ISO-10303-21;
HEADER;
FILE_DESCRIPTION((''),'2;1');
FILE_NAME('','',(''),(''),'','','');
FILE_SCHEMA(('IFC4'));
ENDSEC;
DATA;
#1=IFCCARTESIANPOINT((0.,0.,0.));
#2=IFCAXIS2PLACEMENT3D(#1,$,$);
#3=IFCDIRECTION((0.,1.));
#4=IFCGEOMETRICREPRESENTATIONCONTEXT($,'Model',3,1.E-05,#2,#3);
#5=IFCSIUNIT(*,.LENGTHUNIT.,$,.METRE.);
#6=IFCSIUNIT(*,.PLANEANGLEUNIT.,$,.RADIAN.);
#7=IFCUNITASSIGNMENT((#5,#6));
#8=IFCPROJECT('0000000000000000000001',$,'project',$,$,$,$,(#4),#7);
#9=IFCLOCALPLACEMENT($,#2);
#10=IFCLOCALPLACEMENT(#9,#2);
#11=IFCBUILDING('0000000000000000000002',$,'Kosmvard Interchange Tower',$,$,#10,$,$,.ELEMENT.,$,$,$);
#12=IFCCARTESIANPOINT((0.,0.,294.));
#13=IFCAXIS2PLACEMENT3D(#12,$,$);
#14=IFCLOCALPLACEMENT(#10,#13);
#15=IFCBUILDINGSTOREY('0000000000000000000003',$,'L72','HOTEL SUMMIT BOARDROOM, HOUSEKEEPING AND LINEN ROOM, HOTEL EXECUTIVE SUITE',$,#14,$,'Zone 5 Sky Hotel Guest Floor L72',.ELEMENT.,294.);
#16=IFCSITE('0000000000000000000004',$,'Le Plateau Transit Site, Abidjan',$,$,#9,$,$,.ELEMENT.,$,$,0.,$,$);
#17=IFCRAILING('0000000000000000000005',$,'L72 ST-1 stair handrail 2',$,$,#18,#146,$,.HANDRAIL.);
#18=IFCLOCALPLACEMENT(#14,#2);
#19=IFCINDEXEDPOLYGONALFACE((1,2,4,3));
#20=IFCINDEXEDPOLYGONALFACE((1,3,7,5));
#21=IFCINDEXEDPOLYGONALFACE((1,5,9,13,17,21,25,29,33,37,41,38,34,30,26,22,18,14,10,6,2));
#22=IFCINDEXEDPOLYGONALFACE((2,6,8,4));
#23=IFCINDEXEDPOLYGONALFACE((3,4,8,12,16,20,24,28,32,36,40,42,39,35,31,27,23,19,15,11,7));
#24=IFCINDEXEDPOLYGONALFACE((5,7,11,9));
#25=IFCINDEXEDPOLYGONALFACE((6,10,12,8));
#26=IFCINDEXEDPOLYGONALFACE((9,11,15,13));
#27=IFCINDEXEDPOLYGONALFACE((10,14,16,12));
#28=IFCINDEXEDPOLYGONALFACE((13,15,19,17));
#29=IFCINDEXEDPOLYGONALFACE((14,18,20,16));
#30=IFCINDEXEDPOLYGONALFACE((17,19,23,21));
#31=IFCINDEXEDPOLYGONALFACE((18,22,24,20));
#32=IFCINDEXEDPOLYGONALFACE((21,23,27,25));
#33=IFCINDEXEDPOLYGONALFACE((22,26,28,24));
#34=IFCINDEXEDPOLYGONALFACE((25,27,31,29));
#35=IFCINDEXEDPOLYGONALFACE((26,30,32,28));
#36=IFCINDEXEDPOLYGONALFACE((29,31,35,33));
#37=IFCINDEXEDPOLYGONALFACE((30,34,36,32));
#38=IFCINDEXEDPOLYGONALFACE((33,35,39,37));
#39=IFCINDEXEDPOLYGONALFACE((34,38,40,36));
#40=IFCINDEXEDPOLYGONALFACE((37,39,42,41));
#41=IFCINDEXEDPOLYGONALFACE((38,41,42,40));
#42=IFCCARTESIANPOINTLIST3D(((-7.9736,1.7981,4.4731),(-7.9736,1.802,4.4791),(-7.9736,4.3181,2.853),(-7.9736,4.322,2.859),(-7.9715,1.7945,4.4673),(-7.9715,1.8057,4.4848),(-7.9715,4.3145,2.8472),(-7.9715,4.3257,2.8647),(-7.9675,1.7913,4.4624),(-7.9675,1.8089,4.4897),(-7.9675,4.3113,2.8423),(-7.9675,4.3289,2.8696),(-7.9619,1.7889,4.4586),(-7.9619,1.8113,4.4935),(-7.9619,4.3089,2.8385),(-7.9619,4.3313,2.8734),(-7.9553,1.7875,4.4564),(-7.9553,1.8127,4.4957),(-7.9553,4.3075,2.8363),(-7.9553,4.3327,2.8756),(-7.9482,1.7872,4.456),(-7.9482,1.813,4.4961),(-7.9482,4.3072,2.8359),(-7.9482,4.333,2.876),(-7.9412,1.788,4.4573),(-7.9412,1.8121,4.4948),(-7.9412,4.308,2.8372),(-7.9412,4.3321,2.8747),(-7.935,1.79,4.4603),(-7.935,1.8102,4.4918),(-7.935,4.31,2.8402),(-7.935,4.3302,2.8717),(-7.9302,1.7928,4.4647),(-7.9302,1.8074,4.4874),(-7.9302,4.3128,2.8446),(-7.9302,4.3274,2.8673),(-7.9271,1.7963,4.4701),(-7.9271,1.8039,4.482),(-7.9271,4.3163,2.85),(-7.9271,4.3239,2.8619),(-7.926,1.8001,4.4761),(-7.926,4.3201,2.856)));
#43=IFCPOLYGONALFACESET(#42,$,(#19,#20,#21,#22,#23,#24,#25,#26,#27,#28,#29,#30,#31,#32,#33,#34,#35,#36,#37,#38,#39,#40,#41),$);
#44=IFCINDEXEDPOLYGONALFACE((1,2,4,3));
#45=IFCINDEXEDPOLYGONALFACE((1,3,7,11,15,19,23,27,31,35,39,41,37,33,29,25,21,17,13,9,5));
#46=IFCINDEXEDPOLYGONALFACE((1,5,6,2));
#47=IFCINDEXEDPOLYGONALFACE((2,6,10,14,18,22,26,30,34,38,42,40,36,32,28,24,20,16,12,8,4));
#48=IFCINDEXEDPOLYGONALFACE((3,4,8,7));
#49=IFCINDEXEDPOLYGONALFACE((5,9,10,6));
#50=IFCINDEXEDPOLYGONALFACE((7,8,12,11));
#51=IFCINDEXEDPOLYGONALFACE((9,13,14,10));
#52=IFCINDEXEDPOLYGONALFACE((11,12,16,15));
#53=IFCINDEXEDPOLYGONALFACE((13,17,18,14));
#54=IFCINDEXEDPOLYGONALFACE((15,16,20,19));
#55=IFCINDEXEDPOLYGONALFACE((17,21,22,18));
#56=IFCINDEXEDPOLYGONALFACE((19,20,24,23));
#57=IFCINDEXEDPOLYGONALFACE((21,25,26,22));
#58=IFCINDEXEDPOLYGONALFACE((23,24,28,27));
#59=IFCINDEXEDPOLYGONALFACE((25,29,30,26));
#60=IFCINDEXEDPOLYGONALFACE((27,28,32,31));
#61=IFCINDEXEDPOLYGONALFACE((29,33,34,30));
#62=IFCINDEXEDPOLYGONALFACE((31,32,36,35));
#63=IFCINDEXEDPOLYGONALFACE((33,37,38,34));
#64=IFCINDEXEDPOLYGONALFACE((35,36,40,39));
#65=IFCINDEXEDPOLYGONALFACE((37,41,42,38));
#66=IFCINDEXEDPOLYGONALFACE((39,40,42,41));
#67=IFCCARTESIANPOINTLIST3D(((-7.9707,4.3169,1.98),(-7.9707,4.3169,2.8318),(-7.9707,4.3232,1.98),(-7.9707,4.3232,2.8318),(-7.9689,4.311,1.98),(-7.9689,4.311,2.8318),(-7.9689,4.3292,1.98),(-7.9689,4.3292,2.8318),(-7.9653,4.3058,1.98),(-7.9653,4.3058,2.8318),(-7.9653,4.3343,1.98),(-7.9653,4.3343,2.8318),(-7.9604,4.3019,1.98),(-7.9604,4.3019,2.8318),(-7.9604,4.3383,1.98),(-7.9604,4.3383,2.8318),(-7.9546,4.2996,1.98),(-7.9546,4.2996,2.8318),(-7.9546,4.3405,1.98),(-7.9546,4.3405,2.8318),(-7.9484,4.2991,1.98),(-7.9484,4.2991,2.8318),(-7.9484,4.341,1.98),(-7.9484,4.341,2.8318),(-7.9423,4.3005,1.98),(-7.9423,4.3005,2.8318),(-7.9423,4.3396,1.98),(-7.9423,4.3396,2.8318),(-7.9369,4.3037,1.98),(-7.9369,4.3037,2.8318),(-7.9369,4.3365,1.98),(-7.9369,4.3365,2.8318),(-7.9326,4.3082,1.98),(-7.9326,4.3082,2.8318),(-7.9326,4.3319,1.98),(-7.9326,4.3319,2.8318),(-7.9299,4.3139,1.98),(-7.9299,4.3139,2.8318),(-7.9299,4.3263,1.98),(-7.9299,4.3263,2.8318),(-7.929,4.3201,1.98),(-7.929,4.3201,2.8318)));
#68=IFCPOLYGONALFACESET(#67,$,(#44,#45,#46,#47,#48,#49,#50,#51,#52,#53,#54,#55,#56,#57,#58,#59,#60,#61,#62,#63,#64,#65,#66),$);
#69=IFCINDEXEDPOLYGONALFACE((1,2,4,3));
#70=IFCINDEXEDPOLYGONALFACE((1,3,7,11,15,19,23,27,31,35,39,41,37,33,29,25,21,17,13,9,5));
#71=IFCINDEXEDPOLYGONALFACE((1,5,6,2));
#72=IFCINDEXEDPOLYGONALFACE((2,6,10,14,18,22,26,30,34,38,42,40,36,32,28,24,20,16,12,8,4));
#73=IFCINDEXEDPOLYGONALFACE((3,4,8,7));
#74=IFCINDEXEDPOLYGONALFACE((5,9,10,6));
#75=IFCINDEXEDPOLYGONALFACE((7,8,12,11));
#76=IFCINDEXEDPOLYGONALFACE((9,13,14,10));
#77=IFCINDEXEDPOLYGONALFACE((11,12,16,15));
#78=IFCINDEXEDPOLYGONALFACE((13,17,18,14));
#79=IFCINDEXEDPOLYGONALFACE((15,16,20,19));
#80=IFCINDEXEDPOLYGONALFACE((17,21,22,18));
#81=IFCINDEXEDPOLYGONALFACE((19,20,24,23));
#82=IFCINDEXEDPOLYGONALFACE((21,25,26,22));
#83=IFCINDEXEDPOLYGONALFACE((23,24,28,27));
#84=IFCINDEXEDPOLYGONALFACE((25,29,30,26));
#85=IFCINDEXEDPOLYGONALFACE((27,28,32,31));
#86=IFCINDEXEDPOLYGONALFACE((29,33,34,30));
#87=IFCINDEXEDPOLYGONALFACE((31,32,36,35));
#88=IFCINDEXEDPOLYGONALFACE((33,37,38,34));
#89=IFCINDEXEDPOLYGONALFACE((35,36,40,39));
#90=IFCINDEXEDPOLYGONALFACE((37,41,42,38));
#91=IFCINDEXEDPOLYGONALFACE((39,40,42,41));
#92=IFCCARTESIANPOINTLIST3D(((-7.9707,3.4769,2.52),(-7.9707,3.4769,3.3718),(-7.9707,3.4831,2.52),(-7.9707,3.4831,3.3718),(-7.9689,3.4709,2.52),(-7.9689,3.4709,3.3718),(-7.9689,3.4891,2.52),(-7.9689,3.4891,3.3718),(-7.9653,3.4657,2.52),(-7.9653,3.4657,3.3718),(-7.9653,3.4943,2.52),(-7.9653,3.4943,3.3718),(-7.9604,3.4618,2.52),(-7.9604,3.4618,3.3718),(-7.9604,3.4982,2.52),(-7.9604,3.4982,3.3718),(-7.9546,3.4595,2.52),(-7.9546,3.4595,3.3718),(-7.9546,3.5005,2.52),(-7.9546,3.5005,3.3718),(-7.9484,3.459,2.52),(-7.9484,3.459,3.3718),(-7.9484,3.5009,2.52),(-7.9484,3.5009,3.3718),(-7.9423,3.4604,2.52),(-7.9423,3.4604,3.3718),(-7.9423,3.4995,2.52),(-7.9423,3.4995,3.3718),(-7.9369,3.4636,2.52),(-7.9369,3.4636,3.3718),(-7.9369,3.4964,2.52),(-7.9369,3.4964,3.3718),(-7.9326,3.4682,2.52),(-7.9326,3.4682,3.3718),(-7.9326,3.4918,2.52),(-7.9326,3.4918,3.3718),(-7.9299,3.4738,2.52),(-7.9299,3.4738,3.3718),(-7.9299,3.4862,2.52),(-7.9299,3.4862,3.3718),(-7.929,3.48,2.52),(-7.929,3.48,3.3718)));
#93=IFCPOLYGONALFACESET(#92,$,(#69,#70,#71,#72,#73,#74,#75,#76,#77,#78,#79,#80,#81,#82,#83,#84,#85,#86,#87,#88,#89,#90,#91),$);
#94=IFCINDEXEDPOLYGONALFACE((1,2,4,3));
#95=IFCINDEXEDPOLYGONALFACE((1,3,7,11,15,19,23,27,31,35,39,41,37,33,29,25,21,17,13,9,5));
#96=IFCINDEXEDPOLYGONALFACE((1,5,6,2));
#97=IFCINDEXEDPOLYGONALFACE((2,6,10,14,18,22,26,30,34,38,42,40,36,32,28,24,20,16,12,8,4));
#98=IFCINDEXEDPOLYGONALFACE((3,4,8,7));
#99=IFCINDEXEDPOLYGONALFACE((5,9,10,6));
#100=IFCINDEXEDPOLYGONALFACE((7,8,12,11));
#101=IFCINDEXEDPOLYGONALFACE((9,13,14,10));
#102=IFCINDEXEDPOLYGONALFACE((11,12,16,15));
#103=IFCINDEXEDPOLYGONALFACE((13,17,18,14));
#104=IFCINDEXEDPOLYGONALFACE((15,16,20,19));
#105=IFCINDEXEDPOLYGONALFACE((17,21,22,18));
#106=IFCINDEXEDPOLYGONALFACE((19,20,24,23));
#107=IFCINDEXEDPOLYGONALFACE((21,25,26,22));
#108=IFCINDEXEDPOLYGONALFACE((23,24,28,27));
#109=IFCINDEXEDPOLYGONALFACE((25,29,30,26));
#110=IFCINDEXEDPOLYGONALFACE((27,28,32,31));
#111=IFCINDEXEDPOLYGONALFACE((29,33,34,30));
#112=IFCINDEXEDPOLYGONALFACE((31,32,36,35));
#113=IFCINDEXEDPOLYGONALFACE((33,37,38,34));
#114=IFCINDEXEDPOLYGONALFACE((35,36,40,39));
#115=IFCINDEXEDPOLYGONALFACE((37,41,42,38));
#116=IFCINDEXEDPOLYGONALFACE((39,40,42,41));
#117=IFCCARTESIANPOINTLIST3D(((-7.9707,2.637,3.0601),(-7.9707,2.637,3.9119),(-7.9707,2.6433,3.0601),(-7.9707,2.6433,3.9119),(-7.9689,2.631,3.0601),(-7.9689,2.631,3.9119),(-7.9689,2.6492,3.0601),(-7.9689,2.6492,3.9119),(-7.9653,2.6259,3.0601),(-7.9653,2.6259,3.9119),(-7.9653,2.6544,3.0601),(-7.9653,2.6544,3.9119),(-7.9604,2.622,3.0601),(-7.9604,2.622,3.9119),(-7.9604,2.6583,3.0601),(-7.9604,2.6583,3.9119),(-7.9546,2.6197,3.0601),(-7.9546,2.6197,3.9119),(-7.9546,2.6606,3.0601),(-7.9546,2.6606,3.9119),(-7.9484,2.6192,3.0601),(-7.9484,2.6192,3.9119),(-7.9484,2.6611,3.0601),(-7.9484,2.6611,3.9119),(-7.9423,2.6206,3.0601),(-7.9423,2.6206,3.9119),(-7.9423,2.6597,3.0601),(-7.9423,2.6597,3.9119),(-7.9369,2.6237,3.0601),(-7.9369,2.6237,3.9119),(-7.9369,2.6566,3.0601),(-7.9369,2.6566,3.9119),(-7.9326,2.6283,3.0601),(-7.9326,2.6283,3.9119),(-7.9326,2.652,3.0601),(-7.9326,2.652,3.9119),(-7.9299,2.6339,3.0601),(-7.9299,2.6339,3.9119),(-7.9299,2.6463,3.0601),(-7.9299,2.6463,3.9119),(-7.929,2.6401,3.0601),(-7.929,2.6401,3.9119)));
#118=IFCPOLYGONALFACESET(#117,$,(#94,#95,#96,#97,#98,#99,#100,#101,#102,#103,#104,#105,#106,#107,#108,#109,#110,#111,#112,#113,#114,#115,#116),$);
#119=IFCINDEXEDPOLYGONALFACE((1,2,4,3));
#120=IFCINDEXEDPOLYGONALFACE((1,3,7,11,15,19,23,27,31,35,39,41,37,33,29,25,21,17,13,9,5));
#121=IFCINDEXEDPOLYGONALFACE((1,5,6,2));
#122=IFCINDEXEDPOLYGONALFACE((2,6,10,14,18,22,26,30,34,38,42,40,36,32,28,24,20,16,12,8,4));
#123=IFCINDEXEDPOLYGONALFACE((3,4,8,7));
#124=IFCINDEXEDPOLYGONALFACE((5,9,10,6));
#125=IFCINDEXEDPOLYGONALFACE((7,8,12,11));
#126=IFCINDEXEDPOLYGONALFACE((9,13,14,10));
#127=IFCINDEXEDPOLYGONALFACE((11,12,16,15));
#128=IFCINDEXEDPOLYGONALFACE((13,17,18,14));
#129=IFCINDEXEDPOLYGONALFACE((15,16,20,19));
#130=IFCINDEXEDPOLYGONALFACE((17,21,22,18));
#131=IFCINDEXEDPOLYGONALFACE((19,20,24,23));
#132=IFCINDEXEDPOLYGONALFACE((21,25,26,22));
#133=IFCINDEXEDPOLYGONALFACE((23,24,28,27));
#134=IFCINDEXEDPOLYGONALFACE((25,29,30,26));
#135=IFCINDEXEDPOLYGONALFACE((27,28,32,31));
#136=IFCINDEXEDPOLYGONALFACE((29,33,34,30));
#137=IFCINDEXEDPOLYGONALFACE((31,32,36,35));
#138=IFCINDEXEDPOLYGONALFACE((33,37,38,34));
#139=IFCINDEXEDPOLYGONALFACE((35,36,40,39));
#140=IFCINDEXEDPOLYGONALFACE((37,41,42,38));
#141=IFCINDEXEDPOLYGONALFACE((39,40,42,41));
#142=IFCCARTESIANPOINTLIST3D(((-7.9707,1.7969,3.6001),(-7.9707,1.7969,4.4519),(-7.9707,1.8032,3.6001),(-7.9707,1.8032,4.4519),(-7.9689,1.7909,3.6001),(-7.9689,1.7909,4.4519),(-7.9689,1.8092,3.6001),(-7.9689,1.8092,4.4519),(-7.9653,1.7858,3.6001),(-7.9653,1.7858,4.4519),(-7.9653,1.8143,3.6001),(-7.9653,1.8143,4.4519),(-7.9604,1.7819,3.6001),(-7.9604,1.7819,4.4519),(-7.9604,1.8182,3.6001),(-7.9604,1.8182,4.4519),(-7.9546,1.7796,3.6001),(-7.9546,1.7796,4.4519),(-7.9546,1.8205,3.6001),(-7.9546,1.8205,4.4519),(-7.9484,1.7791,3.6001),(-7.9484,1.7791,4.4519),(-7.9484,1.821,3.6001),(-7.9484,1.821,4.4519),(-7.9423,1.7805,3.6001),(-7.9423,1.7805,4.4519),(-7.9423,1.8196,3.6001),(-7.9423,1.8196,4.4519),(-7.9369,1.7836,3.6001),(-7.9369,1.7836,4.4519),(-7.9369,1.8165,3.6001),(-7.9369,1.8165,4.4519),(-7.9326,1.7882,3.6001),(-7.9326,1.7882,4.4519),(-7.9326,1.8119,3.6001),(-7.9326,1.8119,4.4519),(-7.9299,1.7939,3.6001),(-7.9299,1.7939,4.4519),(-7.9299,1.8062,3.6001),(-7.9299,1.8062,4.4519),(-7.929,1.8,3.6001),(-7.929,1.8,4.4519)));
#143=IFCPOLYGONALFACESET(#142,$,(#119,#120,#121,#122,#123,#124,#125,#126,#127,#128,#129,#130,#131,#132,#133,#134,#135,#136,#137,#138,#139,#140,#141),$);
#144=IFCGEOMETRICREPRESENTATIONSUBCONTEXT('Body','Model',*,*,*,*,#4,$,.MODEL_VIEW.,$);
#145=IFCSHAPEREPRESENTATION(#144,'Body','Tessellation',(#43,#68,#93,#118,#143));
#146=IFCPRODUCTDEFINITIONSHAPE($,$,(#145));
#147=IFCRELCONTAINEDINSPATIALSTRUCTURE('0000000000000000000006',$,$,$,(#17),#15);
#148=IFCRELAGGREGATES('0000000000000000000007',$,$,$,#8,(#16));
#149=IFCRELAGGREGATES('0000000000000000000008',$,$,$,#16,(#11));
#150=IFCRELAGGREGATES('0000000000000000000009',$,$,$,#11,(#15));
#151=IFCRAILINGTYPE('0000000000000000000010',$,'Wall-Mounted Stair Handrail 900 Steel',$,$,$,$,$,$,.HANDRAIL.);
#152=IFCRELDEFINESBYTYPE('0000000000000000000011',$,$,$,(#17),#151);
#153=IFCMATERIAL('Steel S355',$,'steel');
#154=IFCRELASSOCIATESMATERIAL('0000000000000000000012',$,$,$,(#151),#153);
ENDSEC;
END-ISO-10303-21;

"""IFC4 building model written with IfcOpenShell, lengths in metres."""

from ifc_helpers import new_model, si_unit, direction, frame, origin, origin_2d, place, context, subcontext, project, spatial, circle, extrude, source, transform, mapped, material, type_object, element, save


model = new_model("IFC4")

# Units and contexts
model_context = context("Model", 3, precision=1e-05, world=origin(), true_north=direction((0.0, 1.0)))
body_context = subcontext(model_context, "Body", "Model", "MODEL_VIEW")
ifc_project = project(units=[si_unit("LENGTHUNIT", "METRE"), si_unit("PLANEANGLEUNIT", "RADIAN")], contexts=[model_context])

# Site, building, storey
site_placement = place(None, origin())
site = spatial("IfcSite", under=ifc_project, at=site_placement, Name="Le Plateau Transit Site, Abidjan", CompositionType="ELEMENT", RefElevation=0.0)
building_placement = place(site_placement, origin())
building = spatial("IfcBuilding", under=site, at=building_placement, Name="Kosmvard Interchange Tower", CompositionType="ELEMENT")
storey_placement = place(building_placement, frame((0.0, 0.0, 294.0)))
storey = spatial("IfcBuildingStorey", under=building, at=storey_placement, Name="L72", Description="HOTEL SUMMIT BOARDROOM, HOUSEKEEPING AND LINEN ROOM, HOTEL EXECUTIVE SUITE", LongName="Zone 5 Sky Hotel Guest Floor L72", CompositionType="ELEMENT", Elevation=294.0)

# Shared definitions
ifc_material_1 = material(Name="Steel S355", Category="steel")

# Railing
railing_type_1 = type_object("IfcRailingType", Name="Wall-Mounted Stair Handrail 900 Steel", PredefinedType="HANDRAIL", material=ifc_material_1)
shared_shape_1 = source(origin(), body_context, "Body", "SweptSolid", [
    extrude(circle(Radius=0.0239, at=origin_2d()), frame((0.0, 0.0, 0.876), z_axis=(0.0, -0.841163, 0.540782), x_axis=(1.0, 0.0, 0.0)), (0.0, 0.0, 1.0), 2.9958),
    extrude(circle(Radius=0.021, at=origin_2d()), origin(), (0.0, 0.0, 1.0), 0.8518),
    extrude(circle(Radius=0.021, at=origin_2d()), frame((0.0, -0.8401, 0.54)), (0.0, 0.0, 1.0), 0.8518),
    extrude(circle(Radius=0.021, at=origin_2d()), frame((0.0, -1.6799, 1.0801)), (0.0, 0.0, 1.0), 0.8518),
    extrude(circle(Radius=0.021, at=origin_2d()), frame((0.0, -2.52, 1.6201)), (0.0, 0.0, 1.0), 0.8518),
])
railing_1_placement = place(storey_placement, frame((-7.95, 4.3201, 1.98)))
element("IfcRailing", 1, at=railing_1_placement, inside=storey, type_object=railing_type_1, Name="L72 ST-1 stair handrail 2", PredefinedType="HANDRAIL", context=body_context, shape_type="MappedRepresentation", body=[
    mapped(shared_shape_1, transform((0.0, 0.0, 0.0), scale=1.0)),
])

save(model, "model.ifc")
